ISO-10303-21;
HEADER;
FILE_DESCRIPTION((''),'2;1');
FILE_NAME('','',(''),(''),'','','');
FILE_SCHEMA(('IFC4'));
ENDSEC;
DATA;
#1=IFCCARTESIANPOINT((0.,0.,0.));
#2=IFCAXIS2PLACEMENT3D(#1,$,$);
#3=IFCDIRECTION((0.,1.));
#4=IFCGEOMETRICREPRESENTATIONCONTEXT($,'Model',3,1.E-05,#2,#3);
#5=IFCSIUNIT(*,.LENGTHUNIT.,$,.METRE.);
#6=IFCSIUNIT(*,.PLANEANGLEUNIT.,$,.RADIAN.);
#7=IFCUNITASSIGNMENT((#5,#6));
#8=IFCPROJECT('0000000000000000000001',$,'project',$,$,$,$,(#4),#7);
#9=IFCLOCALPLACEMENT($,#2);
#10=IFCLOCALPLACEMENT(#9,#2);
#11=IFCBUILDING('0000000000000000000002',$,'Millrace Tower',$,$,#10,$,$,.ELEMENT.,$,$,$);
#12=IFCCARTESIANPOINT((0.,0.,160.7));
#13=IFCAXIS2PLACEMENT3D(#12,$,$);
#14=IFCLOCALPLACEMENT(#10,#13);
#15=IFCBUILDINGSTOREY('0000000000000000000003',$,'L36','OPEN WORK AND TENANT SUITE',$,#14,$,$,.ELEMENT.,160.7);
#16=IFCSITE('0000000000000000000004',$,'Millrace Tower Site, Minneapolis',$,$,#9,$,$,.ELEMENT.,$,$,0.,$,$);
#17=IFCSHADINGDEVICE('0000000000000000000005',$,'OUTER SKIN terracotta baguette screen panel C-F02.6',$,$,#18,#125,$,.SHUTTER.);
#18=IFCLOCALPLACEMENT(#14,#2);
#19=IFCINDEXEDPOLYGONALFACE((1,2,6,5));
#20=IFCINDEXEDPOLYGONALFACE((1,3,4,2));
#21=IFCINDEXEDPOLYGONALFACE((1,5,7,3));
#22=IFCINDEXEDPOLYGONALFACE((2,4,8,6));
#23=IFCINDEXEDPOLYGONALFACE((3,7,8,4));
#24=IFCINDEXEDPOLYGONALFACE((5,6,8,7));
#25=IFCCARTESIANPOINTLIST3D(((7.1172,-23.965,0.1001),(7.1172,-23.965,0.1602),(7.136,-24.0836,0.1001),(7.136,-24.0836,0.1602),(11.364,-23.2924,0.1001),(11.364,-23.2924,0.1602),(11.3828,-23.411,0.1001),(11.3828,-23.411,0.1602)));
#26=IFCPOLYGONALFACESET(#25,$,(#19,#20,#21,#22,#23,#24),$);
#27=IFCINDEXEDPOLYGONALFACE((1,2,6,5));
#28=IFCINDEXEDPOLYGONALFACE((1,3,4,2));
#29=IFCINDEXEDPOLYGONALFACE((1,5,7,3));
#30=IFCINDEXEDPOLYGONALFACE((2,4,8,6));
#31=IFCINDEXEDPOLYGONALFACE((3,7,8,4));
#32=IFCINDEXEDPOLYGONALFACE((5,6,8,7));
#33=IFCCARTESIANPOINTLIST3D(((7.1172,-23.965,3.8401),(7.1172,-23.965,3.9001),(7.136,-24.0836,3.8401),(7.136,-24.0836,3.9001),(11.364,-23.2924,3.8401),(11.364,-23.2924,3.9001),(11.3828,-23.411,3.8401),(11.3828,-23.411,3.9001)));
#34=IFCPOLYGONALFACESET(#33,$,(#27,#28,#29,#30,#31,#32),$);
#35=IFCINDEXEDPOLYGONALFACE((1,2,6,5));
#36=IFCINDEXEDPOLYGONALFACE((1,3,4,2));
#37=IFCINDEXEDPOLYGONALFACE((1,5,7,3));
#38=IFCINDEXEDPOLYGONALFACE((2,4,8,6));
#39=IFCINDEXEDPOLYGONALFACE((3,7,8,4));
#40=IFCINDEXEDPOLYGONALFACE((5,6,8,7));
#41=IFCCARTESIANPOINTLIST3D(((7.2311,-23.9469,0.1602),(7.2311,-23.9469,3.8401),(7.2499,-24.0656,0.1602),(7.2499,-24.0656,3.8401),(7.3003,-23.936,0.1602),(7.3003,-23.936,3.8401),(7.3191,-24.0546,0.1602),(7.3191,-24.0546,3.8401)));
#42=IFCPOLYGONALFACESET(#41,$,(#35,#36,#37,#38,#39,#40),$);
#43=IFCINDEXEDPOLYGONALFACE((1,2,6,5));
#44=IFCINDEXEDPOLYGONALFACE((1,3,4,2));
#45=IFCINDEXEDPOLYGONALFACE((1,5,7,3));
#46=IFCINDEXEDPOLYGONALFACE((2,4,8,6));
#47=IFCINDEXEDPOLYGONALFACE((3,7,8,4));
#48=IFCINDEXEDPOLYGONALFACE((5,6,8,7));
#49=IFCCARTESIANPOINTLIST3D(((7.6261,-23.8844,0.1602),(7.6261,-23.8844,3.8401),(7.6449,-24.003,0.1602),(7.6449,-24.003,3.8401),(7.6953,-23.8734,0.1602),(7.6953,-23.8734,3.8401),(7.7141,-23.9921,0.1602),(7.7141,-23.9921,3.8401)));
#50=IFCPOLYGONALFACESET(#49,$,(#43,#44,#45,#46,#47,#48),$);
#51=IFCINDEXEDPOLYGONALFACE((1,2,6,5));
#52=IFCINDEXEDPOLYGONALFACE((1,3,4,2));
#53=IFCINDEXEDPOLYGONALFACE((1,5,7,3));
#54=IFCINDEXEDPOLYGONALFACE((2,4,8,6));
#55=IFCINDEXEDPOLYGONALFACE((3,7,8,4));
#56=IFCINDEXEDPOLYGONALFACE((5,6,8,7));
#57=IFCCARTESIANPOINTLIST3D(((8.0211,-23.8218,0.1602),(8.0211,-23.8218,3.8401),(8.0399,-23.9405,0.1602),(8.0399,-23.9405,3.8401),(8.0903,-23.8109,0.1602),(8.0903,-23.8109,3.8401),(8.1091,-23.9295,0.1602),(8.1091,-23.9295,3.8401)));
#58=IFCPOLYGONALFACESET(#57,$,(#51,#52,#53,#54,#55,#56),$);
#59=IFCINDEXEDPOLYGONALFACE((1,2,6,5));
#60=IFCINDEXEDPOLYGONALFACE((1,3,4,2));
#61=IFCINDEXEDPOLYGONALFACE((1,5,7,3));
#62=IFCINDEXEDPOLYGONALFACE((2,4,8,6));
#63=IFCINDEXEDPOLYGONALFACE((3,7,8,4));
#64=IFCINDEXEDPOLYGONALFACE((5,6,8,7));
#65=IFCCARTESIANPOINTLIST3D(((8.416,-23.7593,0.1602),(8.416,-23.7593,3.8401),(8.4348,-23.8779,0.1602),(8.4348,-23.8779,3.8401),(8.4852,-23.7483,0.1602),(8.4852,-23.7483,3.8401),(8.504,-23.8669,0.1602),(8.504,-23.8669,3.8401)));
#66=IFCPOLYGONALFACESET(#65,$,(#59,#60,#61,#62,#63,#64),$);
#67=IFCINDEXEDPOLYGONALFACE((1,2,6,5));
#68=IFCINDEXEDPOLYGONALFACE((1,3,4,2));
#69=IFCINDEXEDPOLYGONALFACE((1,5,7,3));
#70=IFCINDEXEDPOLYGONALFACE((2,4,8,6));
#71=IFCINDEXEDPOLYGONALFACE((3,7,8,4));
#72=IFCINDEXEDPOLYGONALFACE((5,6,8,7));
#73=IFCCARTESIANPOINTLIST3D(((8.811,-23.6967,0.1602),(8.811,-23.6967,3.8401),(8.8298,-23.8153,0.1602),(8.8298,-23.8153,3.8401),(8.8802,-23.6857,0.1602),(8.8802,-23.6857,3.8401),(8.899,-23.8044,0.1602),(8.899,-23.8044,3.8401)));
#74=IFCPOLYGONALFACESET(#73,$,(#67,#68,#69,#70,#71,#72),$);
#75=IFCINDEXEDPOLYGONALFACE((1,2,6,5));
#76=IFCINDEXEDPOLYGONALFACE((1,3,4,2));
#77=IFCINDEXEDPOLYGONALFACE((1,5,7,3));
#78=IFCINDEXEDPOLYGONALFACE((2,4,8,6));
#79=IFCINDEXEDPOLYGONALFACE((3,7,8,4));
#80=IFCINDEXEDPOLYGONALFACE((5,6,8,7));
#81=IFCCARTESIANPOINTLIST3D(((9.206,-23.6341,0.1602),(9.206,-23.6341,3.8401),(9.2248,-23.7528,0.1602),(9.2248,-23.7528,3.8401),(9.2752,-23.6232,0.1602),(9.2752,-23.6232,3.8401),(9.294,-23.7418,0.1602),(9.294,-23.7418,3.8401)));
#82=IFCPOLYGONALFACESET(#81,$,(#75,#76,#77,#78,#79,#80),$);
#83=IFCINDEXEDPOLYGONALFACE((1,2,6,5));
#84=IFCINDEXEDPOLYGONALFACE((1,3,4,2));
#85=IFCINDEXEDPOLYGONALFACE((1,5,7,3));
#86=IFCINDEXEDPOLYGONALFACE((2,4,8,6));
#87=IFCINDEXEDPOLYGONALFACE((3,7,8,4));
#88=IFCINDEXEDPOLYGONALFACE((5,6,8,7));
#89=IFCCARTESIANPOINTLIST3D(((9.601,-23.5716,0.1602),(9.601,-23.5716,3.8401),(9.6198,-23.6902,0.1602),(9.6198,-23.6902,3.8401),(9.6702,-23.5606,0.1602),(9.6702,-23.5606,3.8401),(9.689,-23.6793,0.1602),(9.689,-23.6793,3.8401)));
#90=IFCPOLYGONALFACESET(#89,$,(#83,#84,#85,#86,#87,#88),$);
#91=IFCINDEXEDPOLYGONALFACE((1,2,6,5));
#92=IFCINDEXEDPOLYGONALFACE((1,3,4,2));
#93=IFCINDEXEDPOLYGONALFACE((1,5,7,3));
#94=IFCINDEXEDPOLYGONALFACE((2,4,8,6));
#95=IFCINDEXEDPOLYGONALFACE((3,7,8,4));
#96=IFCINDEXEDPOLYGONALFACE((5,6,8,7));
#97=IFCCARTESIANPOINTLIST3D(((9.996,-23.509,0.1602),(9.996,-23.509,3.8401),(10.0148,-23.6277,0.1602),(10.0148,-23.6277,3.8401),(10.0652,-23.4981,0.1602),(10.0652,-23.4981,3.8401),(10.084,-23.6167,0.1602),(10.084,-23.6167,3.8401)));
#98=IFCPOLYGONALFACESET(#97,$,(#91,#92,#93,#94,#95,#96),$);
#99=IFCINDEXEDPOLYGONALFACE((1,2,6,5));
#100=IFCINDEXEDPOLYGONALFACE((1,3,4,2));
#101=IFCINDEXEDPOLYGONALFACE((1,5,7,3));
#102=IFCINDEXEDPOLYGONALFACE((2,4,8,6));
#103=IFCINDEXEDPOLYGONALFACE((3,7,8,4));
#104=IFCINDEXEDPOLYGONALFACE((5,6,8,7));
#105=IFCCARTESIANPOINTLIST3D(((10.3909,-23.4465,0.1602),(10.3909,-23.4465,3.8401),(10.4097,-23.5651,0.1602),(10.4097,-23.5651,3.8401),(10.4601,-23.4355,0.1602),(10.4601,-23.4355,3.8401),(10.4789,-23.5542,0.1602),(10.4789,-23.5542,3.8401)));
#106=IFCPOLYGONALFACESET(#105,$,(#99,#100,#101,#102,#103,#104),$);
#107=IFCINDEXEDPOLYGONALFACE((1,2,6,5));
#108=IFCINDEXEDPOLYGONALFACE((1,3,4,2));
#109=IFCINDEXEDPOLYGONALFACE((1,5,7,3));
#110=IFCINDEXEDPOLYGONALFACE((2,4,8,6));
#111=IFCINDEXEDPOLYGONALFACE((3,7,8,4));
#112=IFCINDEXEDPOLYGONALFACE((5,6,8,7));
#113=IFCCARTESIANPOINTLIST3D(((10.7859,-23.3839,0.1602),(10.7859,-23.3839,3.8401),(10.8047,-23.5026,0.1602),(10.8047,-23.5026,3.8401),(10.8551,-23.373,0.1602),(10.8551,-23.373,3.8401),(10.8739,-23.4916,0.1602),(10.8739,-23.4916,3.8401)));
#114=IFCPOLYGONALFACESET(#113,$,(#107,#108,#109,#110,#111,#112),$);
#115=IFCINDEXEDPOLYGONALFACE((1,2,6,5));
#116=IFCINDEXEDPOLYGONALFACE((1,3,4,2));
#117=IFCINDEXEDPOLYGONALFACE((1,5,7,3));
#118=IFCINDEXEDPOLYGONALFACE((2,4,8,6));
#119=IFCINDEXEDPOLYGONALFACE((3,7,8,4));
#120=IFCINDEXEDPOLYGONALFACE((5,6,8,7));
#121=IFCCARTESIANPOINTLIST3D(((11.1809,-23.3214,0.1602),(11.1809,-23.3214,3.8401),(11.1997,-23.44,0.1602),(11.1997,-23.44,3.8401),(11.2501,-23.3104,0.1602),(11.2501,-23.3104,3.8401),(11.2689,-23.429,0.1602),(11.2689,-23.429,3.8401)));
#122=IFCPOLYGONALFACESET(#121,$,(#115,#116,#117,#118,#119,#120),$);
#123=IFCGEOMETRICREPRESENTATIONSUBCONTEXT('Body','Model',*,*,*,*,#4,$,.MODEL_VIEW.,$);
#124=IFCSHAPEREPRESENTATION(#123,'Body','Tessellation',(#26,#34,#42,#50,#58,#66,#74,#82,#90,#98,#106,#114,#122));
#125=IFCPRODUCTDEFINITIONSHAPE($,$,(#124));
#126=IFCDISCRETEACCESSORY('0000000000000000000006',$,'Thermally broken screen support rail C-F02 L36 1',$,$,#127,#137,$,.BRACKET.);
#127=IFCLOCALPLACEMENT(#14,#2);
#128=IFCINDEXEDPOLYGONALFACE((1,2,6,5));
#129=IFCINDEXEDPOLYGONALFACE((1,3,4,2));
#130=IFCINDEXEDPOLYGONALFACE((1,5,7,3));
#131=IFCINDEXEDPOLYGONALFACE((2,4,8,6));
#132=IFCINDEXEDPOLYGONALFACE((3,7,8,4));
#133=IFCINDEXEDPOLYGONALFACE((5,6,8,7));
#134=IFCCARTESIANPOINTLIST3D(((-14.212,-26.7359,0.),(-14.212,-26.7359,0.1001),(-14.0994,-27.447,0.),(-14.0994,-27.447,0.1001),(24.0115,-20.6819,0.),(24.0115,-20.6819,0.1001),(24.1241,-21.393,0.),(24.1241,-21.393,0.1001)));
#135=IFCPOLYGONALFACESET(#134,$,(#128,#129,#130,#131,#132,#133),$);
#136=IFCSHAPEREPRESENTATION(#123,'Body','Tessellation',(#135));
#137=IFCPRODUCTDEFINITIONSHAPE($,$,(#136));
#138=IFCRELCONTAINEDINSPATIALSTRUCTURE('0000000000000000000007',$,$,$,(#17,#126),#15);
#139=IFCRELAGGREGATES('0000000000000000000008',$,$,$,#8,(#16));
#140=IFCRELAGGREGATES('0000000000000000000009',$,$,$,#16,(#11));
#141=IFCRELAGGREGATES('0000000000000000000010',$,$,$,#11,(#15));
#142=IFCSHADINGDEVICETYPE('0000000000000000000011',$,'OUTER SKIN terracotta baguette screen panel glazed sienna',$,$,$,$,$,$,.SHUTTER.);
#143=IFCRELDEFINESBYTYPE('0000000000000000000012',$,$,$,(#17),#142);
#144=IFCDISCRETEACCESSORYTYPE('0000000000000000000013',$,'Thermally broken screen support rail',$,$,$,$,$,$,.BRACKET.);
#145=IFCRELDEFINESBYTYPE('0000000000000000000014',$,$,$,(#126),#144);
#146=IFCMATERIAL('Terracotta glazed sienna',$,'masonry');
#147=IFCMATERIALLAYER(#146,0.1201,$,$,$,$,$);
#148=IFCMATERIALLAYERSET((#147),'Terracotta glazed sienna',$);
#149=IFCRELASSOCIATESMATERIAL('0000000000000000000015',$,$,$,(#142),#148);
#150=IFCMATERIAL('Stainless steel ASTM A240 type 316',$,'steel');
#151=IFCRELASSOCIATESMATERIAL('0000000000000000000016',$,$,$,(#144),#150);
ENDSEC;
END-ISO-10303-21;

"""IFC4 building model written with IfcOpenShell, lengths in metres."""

from ifc_helpers import new_model, entity, si_unit, direction, frame, frame_2d, origin, origin_2d, place, context, subcontext, project, spatial, rectangle, extrude, source, transform, mapped, material, layer, layer_set, type_object, element, save


model = new_model("IFC4")

# Units and contexts
model_context = context("Model", 3, precision=1e-05, world=origin(), true_north=direction((0.0, 1.0)))
body_context = subcontext(model_context, "Body", "Model", "MODEL_VIEW")
ifc_project = project(units=[si_unit("LENGTHUNIT", "METRE"), si_unit("PLANEANGLEUNIT", "RADIAN")], contexts=[model_context])

# Site, building, storey
site_placement = place(None, origin())
site = spatial("IfcSite", under=ifc_project, at=site_placement, Name="Millrace Tower Site, Minneapolis", CompositionType="ELEMENT", RefElevation=0.0)
building_placement = place(site_placement, origin())
building = spatial("IfcBuilding", under=site, at=building_placement, Name="Millrace Tower", CompositionType="ELEMENT")
storey_placement = place(building_placement, frame((0.0, 0.0, 160.7)))
storey = spatial("IfcBuildingStorey", under=building, at=storey_placement, Name="L36", Description="OPEN WORK AND TENANT SUITE", CompositionType="ELEMENT", Elevation=160.7)

# Shading device
ifc_material_1 = material(Name="Terracotta glazed sienna", Category="masonry")
ifc_layer_1 = layer(ifc_material_1, 0.1201)
ifc_layer_set_1 = layer_set([ifc_layer_1], Name="Terracotta glazed sienna")
shading_device_type = type_object("IfcShadingDeviceType", Name="OUTER SKIN terracotta baguette screen panel glazed sienna", PredefinedType="SHUTTER", material=ifc_layer_set_1)
cartesian_point = entity("IfcCartesianPoint", [-2.1499, 0.0601])
shared_polyline = entity("IfcPolyline", [cartesian_point, entity("IfcCartesianPoint", [2.1499, 0.0601]), entity("IfcCartesianPoint", [2.1499, -0.0601]), entity("IfcCartesianPoint", [-2.1499, -0.0601]), cartesian_point])
shared_shape = source(origin(), body_context, "Body", "SweptSolid", [
    entity("IfcExtrudedAreaSolid", entity("IfcArbitraryClosedProfileDef", "AREA", None, shared_polyline), entity("IfcAxis2Placement3D", entity("IfcCartesianPoint", [0.0, 0.0, 0.0])), entity("IfcDirection", [0.0, 0.0, 1.0]), 0.0601),
    entity("IfcExtrudedAreaSolid", entity("IfcArbitraryClosedProfileDef", "AREA", None, shared_polyline), entity("IfcAxis2Placement3D", entity("IfcCartesianPoint", [0.0, 0.0, 3.74])), entity("IfcDirection", [0.0, 0.0, 1.0]), 0.0601),
    extrude(rectangle(XDim=0.0701, YDim=0.1201, at=frame_2d((-1.9995, 0.0))), frame((0.0, 0.0, 0.0601)), (0.0, 0.0, 1.0), 3.6799),
    extrude(rectangle(XDim=0.0701, YDim=0.1201, at=frame_2d((-1.5996, 0.0))), frame((0.0, 0.0, 0.0601)), (0.0, 0.0, 1.0), 3.6799),
    extrude(rectangle(XDim=0.0701, YDim=0.1201, at=frame_2d((-1.1997, 0.0))), frame((0.0, 0.0, 0.0601)), (0.0, 0.0, 1.0), 3.6799),
    extrude(rectangle(XDim=0.0701, YDim=0.1201, at=frame_2d((-0.7998, 0.0))), frame((0.0, 0.0, 0.0601)), (0.0, 0.0, 1.0), 3.6799),
    extrude(rectangle(XDim=0.0701, YDim=0.1201, at=frame_2d((-0.3999, 0.0))), frame((0.0, 0.0, 0.0601)), (0.0, 0.0, 1.0), 3.6799),
    extrude(rectangle(XDim=0.0701, YDim=0.1201, at=origin_2d()), frame((0.0, 0.0, 0.0601)), (0.0, 0.0, 1.0), 3.6799),
    extrude(rectangle(XDim=0.0701, YDim=0.1201, at=frame_2d((0.3999, 0.0))), frame((0.0, 0.0, 0.0601)), (0.0, 0.0, 1.0), 3.6799),
    extrude(rectangle(XDim=0.0701, YDim=0.1201, at=frame_2d((0.7998, 0.0))), frame((0.0, 0.0, 0.0601)), (0.0, 0.0, 1.0), 3.6799),
    extrude(rectangle(XDim=0.0701, YDim=0.1201, at=frame_2d((1.1997, 0.0))), frame((0.0, 0.0, 0.0601)), (0.0, 0.0, 1.0), 3.6799),
    extrude(rectangle(XDim=0.0701, YDim=0.1201, at=frame_2d((1.5996, 0.0))), frame((0.0, 0.0, 0.0601)), (0.0, 0.0, 1.0), 3.6799),
    extrude(rectangle(XDim=0.0701, YDim=0.1201, at=frame_2d((1.9995, 0.0))), frame((0.0, 0.0, 0.0601)), (0.0, 0.0, 1.0), 3.6799),
])
for number, where, z_axis, x_axis, name in (
    (1, (9.25, -23.688, 0.1001), (0.0, 0.0, 1.0), (0.987688, 0.156434, 0.0), "OUTER SKIN terracotta baguette screen panel C-F02.6"),
):
    element("IfcShadingDevice", number, at=place(storey_placement, frame(where, z_axis=z_axis, x_axis=x_axis)), inside=storey, type_object=shading_device_type, Name=name, PredefinedType="SHUTTER", context=body_context, shape_type="MappedRepresentation", body=[
        mapped(shared_shape, transform((0.0, 0.0, 0.0), scale=1.0)),
    ])

# Discrete accessory
ifc_material_2 = material(Name="Stainless steel ASTM A240 type 316", Category="steel")
discrete_accessory_type = type_object("IfcDiscreteAccessoryType", Name="Thermally broken screen support rail", PredefinedType="BRACKET", material=ifc_material_2)
discrete_accessory_placement = place(storey_placement, frame((4.9561, -24.0645, 0.0), z_axis=(0.0, 0.0, 1.0), x_axis=(0.987688, 0.156434, 0.0)))
element("IfcDiscreteAccessory", 2, at=discrete_accessory_placement, inside=storey, type_object=discrete_accessory_type, Name="Thermally broken screen support rail C-F02 L36 1", PredefinedType="BRACKET", context=body_context, shape_type="SweptSolid", body=[
    extrude(rectangle(XDim=38.7, YDim=0.72, at=origin_2d()), origin(), (0.0, 0.0, 1.0), 0.1001),
])

save(model, "model.ifc")
